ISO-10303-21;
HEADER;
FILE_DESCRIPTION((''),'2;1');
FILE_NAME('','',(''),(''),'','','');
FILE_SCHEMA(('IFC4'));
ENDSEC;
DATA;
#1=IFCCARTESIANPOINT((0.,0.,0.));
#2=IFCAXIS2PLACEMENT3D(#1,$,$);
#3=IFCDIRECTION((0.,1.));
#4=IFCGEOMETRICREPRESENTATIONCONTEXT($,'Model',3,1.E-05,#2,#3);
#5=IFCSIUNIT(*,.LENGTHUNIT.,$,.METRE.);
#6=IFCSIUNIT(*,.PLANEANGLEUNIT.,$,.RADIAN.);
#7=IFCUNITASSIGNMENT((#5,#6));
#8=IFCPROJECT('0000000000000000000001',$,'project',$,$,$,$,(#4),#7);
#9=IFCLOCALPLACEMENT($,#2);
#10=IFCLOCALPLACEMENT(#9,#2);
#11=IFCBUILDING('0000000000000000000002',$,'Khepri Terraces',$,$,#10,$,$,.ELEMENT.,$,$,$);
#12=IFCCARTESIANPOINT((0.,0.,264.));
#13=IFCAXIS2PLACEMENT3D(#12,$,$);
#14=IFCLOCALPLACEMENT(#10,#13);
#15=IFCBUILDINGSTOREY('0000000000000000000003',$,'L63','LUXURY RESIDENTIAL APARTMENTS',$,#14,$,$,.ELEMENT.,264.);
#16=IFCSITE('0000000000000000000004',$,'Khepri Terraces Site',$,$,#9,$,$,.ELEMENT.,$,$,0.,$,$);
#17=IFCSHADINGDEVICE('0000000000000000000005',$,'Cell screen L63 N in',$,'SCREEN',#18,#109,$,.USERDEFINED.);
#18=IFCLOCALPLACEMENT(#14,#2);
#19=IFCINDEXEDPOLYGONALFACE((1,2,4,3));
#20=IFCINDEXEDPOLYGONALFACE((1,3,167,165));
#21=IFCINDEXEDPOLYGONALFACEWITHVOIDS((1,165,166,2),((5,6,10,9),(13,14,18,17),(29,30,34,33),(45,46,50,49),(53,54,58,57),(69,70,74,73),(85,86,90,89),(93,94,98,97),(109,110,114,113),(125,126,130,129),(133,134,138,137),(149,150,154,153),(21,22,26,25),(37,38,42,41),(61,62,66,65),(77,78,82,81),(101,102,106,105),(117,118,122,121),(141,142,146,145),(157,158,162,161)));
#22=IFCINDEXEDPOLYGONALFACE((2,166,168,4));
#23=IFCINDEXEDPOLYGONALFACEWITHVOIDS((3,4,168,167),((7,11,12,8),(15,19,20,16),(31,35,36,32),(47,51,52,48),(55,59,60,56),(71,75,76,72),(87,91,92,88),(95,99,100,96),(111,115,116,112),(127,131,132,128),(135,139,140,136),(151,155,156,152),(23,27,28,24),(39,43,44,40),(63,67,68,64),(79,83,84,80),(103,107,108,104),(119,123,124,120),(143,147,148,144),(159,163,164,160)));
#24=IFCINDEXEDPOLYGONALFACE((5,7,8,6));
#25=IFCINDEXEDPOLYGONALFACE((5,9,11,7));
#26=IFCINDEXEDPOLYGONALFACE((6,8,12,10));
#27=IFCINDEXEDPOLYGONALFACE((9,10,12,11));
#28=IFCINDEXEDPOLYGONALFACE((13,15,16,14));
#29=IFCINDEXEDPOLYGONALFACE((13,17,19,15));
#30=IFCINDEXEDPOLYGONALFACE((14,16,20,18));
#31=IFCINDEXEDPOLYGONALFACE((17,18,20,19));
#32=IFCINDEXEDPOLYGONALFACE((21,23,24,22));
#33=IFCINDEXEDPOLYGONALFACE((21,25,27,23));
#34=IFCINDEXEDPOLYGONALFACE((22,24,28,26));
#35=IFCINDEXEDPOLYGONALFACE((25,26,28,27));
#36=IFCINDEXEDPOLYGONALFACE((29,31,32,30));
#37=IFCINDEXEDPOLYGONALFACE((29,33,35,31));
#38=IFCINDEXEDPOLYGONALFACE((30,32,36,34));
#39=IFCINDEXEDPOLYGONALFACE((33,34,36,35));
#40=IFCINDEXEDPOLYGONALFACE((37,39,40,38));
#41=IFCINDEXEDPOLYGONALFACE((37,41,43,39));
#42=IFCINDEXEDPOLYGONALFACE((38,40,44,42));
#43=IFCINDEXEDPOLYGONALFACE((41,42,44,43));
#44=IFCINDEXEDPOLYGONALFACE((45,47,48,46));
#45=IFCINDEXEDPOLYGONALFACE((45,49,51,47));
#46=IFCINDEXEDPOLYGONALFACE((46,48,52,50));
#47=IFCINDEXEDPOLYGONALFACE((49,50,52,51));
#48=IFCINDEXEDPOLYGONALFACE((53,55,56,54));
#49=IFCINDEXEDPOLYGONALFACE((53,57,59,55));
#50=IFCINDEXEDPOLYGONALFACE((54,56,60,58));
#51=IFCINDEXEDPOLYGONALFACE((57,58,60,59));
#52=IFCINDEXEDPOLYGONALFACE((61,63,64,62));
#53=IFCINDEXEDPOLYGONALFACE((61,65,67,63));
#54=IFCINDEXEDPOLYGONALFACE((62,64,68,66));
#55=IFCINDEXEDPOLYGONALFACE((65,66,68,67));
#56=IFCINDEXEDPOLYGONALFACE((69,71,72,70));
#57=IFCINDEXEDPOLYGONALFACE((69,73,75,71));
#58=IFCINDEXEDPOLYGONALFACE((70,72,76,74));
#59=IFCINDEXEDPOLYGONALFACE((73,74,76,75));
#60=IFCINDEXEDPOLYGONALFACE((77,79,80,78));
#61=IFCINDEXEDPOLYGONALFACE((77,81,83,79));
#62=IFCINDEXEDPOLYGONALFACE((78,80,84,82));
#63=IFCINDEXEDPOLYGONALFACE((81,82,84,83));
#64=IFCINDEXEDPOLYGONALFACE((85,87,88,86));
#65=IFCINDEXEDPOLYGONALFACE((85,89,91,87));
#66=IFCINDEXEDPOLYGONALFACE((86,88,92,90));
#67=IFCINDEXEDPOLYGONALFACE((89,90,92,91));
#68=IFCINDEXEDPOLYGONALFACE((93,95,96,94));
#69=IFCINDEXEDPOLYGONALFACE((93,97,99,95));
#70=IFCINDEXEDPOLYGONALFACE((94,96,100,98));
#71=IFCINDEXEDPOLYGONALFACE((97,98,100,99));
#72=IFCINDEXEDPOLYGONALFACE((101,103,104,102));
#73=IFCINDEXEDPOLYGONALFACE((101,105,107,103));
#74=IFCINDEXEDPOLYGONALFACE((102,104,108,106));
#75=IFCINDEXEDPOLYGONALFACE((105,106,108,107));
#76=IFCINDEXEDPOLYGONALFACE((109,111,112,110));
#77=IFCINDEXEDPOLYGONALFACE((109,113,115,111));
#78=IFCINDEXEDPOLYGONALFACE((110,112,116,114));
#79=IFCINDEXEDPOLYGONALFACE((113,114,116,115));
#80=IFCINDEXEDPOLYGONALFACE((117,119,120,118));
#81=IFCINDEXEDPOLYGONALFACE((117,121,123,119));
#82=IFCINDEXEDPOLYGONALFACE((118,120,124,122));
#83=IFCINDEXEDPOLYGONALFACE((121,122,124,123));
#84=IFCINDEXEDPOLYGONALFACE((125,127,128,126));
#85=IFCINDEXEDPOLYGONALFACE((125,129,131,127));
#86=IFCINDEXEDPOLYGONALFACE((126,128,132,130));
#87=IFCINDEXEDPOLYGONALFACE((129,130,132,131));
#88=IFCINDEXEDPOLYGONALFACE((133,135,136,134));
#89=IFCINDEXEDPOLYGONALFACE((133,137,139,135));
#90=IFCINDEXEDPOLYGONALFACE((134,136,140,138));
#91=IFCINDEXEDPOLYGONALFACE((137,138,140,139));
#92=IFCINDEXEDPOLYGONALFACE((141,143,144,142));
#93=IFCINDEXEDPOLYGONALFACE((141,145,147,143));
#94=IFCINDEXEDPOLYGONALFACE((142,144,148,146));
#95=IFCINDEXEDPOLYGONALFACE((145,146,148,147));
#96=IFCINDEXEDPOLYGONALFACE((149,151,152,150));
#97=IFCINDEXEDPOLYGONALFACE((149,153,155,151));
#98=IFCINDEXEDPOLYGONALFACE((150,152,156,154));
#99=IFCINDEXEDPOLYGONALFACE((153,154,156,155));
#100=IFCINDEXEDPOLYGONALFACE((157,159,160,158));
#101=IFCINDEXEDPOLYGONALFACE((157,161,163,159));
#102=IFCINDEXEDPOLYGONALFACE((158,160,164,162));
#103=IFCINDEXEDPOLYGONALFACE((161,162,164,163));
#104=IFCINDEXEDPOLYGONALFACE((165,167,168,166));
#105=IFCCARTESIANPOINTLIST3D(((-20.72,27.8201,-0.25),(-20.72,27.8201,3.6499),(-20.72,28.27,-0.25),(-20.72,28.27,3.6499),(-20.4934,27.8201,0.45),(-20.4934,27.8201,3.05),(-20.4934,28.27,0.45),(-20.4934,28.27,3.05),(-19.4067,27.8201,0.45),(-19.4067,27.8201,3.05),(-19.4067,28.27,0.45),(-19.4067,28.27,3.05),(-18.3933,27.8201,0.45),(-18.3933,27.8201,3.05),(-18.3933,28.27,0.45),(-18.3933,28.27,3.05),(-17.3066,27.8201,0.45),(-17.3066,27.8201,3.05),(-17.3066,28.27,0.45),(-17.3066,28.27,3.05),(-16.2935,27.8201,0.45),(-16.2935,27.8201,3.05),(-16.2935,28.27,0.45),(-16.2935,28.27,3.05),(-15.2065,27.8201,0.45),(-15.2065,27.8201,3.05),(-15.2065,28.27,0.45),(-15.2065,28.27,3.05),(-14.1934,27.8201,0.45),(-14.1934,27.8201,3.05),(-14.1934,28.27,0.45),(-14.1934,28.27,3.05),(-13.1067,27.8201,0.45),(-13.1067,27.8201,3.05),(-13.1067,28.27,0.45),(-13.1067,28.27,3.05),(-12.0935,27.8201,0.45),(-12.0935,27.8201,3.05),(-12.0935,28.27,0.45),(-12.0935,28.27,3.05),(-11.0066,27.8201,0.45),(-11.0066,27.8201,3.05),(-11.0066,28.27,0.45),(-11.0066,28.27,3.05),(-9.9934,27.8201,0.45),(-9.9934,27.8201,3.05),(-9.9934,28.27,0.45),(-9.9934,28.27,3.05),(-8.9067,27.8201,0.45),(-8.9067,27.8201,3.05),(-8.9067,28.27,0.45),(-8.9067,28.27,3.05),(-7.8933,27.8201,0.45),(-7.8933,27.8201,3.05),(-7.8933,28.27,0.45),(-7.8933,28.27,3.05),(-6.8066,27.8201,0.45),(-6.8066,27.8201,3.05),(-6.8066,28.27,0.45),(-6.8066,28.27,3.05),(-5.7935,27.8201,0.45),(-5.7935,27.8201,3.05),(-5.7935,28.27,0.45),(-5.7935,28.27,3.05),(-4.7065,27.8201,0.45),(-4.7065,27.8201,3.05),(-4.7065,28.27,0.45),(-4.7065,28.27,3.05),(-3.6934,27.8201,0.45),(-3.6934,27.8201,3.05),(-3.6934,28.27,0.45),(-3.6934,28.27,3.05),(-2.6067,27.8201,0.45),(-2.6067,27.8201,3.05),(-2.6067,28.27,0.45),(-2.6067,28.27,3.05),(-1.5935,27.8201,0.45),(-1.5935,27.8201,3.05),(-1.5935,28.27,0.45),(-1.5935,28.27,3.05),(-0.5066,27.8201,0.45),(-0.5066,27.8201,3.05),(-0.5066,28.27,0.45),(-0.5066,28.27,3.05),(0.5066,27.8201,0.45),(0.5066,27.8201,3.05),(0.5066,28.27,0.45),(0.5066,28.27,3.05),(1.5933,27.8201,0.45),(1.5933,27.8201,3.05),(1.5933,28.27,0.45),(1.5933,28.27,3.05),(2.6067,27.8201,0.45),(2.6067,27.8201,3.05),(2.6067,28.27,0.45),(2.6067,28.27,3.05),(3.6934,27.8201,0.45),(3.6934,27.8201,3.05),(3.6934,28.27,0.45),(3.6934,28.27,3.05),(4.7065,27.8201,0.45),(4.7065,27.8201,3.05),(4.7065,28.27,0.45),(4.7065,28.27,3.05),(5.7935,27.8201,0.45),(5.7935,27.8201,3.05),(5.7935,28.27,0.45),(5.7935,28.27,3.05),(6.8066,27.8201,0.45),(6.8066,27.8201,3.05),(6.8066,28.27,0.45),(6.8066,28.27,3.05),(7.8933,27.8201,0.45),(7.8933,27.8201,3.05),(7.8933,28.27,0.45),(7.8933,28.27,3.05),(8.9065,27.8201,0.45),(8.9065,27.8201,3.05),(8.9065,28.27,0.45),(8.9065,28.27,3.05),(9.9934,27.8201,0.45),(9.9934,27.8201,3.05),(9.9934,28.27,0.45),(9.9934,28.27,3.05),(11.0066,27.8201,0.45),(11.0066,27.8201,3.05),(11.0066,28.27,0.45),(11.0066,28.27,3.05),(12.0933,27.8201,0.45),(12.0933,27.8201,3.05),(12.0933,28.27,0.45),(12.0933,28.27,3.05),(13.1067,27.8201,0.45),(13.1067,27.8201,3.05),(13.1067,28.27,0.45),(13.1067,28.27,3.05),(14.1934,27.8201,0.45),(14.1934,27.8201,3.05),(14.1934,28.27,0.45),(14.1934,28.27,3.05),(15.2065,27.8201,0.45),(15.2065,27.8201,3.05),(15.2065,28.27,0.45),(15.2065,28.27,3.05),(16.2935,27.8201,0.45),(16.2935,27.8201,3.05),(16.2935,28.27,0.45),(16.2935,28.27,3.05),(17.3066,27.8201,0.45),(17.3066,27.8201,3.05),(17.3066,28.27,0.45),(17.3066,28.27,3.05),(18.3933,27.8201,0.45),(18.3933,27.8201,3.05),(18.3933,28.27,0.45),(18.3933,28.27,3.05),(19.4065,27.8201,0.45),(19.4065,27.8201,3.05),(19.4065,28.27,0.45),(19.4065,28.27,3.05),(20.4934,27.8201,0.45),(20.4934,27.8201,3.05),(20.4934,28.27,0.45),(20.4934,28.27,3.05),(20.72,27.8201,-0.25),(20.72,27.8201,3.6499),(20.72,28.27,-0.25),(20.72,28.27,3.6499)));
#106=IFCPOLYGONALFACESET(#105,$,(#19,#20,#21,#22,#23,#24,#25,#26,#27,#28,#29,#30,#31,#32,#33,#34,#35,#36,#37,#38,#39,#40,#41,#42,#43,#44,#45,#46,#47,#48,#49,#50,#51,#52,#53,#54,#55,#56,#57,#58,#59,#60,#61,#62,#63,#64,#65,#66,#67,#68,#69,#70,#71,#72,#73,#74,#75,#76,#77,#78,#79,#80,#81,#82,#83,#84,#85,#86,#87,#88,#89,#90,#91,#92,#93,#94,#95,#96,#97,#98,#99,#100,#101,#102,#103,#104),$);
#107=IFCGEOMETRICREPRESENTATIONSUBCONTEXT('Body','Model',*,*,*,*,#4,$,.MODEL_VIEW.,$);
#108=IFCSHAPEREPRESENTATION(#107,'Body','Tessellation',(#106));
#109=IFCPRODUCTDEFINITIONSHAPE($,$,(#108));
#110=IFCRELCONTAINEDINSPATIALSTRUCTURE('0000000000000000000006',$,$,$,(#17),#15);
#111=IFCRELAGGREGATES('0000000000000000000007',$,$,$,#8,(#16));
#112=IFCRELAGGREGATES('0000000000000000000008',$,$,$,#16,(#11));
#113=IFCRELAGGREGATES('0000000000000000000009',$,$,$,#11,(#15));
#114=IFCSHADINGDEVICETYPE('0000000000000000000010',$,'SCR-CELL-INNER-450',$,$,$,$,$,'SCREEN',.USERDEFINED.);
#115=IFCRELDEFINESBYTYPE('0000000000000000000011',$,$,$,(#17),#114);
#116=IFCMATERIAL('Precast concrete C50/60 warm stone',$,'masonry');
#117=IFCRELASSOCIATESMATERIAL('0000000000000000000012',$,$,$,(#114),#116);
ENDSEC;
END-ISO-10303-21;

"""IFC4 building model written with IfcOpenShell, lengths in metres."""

from ifc_helpers import new_model, si_unit, direction, frame, origin, place, context, subcontext, project, spatial, polyline, outline, extrude, material, type_object, element, save


model = new_model("IFC4")

# Units and contexts
model_context = context("Model", 3, precision=1e-05, world=origin(), true_north=direction((0.0, 1.0)))
body_context = subcontext(model_context, "Body", "Model", "MODEL_VIEW")
ifc_project = project(units=[si_unit("LENGTHUNIT", "METRE"), si_unit("PLANEANGLEUNIT", "RADIAN")], contexts=[model_context])

# Site, building, storey
site_placement = place(None, origin())
site = spatial("IfcSite", under=ifc_project, at=site_placement, Name="Khepri Terraces Site", CompositionType="ELEMENT", RefElevation=0.0)
building_placement = place(site_placement, origin())
building = spatial("IfcBuilding", under=site, at=building_placement, Name="Khepri Terraces", CompositionType="ELEMENT")
storey_placement = place(building_placement, frame((0.0, 0.0, 264.0)))
storey = spatial("IfcBuildingStorey", under=building, at=storey_placement, Name="L63", Description="LUXURY RESIDENTIAL APARTMENTS", CompositionType="ELEMENT", Elevation=264.0)

# Shared definitions
ifc_material_1 = material(Name="Precast concrete C50/60 warm stone", Category="masonry")

# Shading device
shading_device_type_1 = type_object("IfcShadingDeviceType", Name="SCR-CELL-INNER-450", ElementType="SCREEN", PredefinedType="USERDEFINED", material=ifc_material_1)
shading_device_1_placement = place(storey_placement, frame((20.72, 27.8201, -0.25), z_axis=(0.0, 1.0, 0.0), x_axis=(-1.0, 0.0, 0.0)))
element("IfcShadingDevice", 1, at=shading_device_1_placement, inside=storey, type_object=shading_device_type_1, Name="Cell screen L63 N in", ObjectType="SCREEN", PredefinedType="USERDEFINED", context=body_context, shape_type="SweptSolid", body=[
    extrude(outline(polyline([(0.0, 0.0), (41.4399, 0.0), (41.4399, 3.8999), (0.0, 3.8999), (0.0, 0.0)]), holes=[polyline([(0.2266, 0.7), (1.3135, 0.7), (1.3135, 3.3), (0.2266, 3.3), (0.2266, 0.7)]), polyline([(2.3267, 0.7), (3.4133, 0.7), (3.4133, 3.3), (2.3267, 3.3), (2.3267, 0.7)]), polyline([(4.4265, 0.7), (5.5134, 0.7), (5.5134, 3.3), (4.4265, 3.3), (4.4265, 0.7)]), polyline([(6.5266, 0.7), (7.6133, 0.7), (7.6133, 3.3), (6.5266, 3.3), (6.5266, 0.7)]), polyline([(8.6267, 0.7), (9.7134, 0.7), (9.7134, 3.3), (8.6267, 3.3), (8.6267, 0.7)]), polyline([(10.7266, 0.7), (11.8135, 0.7), (11.8135, 3.3), (10.7266, 3.3), (10.7266, 0.7)]), polyline([(12.8267, 0.7), (13.9133, 0.7), (13.9133, 3.3), (12.8267, 3.3), (12.8267, 0.7)]), polyline([(14.9265, 0.7), (16.0134, 0.7), (16.0134, 3.3), (14.9265, 3.3), (14.9265, 0.7)]), polyline([(17.0266, 0.7), (18.1133, 0.7), (18.1133, 3.3), (17.0266, 3.3), (17.0266, 0.7)]), polyline([(19.1267, 0.7), (20.2134, 0.7), (20.2134, 3.3), (19.1267, 3.3), (19.1267, 0.7)]), polyline([(21.2266, 0.7), (22.3135, 0.7), (22.3135, 3.3), (21.2266, 3.3), (21.2266, 0.7)]), polyline([(23.3267, 0.7), (24.4133, 0.7), (24.4133, 3.3), (23.3267, 3.3), (23.3267, 0.7)]), polyline([(25.4265, 0.7), (26.5134, 0.7), (26.5134, 3.3), (25.4265, 3.3), (25.4265, 0.7)]), polyline([(27.5266, 0.7), (28.6133, 0.7), (28.6133, 3.3), (27.5266, 3.3), (27.5266, 0.7)]), polyline([(29.6267, 0.7), (30.7134, 0.7), (30.7134, 3.3), (29.6267, 3.3), (29.6267, 0.7)]), polyline([(31.7266, 0.7), (32.8135, 0.7), (32.8135, 3.3), (31.7266, 3.3), (31.7266, 0.7)]), polyline([(33.8267, 0.7), (34.9133, 0.7), (34.9133, 3.3), (33.8267, 3.3), (33.8267, 0.7)]), polyline([(35.9265, 0.7), (37.0134, 0.7), (37.0134, 3.3), (35.9265, 3.3), (35.9265, 0.7)]), polyline([(38.0266, 0.7), (39.1133, 0.7), (39.1133, 3.3), (38.0266, 3.3), (38.0266, 0.7)]), polyline([(40.1267, 0.7), (41.2134, 0.7), (41.2134, 3.3), (40.1267, 3.3), (40.1267, 0.7)])]), origin(), (0.0, 0.0, 1.0), 0.45),
])

save(model, "model.ifc")
